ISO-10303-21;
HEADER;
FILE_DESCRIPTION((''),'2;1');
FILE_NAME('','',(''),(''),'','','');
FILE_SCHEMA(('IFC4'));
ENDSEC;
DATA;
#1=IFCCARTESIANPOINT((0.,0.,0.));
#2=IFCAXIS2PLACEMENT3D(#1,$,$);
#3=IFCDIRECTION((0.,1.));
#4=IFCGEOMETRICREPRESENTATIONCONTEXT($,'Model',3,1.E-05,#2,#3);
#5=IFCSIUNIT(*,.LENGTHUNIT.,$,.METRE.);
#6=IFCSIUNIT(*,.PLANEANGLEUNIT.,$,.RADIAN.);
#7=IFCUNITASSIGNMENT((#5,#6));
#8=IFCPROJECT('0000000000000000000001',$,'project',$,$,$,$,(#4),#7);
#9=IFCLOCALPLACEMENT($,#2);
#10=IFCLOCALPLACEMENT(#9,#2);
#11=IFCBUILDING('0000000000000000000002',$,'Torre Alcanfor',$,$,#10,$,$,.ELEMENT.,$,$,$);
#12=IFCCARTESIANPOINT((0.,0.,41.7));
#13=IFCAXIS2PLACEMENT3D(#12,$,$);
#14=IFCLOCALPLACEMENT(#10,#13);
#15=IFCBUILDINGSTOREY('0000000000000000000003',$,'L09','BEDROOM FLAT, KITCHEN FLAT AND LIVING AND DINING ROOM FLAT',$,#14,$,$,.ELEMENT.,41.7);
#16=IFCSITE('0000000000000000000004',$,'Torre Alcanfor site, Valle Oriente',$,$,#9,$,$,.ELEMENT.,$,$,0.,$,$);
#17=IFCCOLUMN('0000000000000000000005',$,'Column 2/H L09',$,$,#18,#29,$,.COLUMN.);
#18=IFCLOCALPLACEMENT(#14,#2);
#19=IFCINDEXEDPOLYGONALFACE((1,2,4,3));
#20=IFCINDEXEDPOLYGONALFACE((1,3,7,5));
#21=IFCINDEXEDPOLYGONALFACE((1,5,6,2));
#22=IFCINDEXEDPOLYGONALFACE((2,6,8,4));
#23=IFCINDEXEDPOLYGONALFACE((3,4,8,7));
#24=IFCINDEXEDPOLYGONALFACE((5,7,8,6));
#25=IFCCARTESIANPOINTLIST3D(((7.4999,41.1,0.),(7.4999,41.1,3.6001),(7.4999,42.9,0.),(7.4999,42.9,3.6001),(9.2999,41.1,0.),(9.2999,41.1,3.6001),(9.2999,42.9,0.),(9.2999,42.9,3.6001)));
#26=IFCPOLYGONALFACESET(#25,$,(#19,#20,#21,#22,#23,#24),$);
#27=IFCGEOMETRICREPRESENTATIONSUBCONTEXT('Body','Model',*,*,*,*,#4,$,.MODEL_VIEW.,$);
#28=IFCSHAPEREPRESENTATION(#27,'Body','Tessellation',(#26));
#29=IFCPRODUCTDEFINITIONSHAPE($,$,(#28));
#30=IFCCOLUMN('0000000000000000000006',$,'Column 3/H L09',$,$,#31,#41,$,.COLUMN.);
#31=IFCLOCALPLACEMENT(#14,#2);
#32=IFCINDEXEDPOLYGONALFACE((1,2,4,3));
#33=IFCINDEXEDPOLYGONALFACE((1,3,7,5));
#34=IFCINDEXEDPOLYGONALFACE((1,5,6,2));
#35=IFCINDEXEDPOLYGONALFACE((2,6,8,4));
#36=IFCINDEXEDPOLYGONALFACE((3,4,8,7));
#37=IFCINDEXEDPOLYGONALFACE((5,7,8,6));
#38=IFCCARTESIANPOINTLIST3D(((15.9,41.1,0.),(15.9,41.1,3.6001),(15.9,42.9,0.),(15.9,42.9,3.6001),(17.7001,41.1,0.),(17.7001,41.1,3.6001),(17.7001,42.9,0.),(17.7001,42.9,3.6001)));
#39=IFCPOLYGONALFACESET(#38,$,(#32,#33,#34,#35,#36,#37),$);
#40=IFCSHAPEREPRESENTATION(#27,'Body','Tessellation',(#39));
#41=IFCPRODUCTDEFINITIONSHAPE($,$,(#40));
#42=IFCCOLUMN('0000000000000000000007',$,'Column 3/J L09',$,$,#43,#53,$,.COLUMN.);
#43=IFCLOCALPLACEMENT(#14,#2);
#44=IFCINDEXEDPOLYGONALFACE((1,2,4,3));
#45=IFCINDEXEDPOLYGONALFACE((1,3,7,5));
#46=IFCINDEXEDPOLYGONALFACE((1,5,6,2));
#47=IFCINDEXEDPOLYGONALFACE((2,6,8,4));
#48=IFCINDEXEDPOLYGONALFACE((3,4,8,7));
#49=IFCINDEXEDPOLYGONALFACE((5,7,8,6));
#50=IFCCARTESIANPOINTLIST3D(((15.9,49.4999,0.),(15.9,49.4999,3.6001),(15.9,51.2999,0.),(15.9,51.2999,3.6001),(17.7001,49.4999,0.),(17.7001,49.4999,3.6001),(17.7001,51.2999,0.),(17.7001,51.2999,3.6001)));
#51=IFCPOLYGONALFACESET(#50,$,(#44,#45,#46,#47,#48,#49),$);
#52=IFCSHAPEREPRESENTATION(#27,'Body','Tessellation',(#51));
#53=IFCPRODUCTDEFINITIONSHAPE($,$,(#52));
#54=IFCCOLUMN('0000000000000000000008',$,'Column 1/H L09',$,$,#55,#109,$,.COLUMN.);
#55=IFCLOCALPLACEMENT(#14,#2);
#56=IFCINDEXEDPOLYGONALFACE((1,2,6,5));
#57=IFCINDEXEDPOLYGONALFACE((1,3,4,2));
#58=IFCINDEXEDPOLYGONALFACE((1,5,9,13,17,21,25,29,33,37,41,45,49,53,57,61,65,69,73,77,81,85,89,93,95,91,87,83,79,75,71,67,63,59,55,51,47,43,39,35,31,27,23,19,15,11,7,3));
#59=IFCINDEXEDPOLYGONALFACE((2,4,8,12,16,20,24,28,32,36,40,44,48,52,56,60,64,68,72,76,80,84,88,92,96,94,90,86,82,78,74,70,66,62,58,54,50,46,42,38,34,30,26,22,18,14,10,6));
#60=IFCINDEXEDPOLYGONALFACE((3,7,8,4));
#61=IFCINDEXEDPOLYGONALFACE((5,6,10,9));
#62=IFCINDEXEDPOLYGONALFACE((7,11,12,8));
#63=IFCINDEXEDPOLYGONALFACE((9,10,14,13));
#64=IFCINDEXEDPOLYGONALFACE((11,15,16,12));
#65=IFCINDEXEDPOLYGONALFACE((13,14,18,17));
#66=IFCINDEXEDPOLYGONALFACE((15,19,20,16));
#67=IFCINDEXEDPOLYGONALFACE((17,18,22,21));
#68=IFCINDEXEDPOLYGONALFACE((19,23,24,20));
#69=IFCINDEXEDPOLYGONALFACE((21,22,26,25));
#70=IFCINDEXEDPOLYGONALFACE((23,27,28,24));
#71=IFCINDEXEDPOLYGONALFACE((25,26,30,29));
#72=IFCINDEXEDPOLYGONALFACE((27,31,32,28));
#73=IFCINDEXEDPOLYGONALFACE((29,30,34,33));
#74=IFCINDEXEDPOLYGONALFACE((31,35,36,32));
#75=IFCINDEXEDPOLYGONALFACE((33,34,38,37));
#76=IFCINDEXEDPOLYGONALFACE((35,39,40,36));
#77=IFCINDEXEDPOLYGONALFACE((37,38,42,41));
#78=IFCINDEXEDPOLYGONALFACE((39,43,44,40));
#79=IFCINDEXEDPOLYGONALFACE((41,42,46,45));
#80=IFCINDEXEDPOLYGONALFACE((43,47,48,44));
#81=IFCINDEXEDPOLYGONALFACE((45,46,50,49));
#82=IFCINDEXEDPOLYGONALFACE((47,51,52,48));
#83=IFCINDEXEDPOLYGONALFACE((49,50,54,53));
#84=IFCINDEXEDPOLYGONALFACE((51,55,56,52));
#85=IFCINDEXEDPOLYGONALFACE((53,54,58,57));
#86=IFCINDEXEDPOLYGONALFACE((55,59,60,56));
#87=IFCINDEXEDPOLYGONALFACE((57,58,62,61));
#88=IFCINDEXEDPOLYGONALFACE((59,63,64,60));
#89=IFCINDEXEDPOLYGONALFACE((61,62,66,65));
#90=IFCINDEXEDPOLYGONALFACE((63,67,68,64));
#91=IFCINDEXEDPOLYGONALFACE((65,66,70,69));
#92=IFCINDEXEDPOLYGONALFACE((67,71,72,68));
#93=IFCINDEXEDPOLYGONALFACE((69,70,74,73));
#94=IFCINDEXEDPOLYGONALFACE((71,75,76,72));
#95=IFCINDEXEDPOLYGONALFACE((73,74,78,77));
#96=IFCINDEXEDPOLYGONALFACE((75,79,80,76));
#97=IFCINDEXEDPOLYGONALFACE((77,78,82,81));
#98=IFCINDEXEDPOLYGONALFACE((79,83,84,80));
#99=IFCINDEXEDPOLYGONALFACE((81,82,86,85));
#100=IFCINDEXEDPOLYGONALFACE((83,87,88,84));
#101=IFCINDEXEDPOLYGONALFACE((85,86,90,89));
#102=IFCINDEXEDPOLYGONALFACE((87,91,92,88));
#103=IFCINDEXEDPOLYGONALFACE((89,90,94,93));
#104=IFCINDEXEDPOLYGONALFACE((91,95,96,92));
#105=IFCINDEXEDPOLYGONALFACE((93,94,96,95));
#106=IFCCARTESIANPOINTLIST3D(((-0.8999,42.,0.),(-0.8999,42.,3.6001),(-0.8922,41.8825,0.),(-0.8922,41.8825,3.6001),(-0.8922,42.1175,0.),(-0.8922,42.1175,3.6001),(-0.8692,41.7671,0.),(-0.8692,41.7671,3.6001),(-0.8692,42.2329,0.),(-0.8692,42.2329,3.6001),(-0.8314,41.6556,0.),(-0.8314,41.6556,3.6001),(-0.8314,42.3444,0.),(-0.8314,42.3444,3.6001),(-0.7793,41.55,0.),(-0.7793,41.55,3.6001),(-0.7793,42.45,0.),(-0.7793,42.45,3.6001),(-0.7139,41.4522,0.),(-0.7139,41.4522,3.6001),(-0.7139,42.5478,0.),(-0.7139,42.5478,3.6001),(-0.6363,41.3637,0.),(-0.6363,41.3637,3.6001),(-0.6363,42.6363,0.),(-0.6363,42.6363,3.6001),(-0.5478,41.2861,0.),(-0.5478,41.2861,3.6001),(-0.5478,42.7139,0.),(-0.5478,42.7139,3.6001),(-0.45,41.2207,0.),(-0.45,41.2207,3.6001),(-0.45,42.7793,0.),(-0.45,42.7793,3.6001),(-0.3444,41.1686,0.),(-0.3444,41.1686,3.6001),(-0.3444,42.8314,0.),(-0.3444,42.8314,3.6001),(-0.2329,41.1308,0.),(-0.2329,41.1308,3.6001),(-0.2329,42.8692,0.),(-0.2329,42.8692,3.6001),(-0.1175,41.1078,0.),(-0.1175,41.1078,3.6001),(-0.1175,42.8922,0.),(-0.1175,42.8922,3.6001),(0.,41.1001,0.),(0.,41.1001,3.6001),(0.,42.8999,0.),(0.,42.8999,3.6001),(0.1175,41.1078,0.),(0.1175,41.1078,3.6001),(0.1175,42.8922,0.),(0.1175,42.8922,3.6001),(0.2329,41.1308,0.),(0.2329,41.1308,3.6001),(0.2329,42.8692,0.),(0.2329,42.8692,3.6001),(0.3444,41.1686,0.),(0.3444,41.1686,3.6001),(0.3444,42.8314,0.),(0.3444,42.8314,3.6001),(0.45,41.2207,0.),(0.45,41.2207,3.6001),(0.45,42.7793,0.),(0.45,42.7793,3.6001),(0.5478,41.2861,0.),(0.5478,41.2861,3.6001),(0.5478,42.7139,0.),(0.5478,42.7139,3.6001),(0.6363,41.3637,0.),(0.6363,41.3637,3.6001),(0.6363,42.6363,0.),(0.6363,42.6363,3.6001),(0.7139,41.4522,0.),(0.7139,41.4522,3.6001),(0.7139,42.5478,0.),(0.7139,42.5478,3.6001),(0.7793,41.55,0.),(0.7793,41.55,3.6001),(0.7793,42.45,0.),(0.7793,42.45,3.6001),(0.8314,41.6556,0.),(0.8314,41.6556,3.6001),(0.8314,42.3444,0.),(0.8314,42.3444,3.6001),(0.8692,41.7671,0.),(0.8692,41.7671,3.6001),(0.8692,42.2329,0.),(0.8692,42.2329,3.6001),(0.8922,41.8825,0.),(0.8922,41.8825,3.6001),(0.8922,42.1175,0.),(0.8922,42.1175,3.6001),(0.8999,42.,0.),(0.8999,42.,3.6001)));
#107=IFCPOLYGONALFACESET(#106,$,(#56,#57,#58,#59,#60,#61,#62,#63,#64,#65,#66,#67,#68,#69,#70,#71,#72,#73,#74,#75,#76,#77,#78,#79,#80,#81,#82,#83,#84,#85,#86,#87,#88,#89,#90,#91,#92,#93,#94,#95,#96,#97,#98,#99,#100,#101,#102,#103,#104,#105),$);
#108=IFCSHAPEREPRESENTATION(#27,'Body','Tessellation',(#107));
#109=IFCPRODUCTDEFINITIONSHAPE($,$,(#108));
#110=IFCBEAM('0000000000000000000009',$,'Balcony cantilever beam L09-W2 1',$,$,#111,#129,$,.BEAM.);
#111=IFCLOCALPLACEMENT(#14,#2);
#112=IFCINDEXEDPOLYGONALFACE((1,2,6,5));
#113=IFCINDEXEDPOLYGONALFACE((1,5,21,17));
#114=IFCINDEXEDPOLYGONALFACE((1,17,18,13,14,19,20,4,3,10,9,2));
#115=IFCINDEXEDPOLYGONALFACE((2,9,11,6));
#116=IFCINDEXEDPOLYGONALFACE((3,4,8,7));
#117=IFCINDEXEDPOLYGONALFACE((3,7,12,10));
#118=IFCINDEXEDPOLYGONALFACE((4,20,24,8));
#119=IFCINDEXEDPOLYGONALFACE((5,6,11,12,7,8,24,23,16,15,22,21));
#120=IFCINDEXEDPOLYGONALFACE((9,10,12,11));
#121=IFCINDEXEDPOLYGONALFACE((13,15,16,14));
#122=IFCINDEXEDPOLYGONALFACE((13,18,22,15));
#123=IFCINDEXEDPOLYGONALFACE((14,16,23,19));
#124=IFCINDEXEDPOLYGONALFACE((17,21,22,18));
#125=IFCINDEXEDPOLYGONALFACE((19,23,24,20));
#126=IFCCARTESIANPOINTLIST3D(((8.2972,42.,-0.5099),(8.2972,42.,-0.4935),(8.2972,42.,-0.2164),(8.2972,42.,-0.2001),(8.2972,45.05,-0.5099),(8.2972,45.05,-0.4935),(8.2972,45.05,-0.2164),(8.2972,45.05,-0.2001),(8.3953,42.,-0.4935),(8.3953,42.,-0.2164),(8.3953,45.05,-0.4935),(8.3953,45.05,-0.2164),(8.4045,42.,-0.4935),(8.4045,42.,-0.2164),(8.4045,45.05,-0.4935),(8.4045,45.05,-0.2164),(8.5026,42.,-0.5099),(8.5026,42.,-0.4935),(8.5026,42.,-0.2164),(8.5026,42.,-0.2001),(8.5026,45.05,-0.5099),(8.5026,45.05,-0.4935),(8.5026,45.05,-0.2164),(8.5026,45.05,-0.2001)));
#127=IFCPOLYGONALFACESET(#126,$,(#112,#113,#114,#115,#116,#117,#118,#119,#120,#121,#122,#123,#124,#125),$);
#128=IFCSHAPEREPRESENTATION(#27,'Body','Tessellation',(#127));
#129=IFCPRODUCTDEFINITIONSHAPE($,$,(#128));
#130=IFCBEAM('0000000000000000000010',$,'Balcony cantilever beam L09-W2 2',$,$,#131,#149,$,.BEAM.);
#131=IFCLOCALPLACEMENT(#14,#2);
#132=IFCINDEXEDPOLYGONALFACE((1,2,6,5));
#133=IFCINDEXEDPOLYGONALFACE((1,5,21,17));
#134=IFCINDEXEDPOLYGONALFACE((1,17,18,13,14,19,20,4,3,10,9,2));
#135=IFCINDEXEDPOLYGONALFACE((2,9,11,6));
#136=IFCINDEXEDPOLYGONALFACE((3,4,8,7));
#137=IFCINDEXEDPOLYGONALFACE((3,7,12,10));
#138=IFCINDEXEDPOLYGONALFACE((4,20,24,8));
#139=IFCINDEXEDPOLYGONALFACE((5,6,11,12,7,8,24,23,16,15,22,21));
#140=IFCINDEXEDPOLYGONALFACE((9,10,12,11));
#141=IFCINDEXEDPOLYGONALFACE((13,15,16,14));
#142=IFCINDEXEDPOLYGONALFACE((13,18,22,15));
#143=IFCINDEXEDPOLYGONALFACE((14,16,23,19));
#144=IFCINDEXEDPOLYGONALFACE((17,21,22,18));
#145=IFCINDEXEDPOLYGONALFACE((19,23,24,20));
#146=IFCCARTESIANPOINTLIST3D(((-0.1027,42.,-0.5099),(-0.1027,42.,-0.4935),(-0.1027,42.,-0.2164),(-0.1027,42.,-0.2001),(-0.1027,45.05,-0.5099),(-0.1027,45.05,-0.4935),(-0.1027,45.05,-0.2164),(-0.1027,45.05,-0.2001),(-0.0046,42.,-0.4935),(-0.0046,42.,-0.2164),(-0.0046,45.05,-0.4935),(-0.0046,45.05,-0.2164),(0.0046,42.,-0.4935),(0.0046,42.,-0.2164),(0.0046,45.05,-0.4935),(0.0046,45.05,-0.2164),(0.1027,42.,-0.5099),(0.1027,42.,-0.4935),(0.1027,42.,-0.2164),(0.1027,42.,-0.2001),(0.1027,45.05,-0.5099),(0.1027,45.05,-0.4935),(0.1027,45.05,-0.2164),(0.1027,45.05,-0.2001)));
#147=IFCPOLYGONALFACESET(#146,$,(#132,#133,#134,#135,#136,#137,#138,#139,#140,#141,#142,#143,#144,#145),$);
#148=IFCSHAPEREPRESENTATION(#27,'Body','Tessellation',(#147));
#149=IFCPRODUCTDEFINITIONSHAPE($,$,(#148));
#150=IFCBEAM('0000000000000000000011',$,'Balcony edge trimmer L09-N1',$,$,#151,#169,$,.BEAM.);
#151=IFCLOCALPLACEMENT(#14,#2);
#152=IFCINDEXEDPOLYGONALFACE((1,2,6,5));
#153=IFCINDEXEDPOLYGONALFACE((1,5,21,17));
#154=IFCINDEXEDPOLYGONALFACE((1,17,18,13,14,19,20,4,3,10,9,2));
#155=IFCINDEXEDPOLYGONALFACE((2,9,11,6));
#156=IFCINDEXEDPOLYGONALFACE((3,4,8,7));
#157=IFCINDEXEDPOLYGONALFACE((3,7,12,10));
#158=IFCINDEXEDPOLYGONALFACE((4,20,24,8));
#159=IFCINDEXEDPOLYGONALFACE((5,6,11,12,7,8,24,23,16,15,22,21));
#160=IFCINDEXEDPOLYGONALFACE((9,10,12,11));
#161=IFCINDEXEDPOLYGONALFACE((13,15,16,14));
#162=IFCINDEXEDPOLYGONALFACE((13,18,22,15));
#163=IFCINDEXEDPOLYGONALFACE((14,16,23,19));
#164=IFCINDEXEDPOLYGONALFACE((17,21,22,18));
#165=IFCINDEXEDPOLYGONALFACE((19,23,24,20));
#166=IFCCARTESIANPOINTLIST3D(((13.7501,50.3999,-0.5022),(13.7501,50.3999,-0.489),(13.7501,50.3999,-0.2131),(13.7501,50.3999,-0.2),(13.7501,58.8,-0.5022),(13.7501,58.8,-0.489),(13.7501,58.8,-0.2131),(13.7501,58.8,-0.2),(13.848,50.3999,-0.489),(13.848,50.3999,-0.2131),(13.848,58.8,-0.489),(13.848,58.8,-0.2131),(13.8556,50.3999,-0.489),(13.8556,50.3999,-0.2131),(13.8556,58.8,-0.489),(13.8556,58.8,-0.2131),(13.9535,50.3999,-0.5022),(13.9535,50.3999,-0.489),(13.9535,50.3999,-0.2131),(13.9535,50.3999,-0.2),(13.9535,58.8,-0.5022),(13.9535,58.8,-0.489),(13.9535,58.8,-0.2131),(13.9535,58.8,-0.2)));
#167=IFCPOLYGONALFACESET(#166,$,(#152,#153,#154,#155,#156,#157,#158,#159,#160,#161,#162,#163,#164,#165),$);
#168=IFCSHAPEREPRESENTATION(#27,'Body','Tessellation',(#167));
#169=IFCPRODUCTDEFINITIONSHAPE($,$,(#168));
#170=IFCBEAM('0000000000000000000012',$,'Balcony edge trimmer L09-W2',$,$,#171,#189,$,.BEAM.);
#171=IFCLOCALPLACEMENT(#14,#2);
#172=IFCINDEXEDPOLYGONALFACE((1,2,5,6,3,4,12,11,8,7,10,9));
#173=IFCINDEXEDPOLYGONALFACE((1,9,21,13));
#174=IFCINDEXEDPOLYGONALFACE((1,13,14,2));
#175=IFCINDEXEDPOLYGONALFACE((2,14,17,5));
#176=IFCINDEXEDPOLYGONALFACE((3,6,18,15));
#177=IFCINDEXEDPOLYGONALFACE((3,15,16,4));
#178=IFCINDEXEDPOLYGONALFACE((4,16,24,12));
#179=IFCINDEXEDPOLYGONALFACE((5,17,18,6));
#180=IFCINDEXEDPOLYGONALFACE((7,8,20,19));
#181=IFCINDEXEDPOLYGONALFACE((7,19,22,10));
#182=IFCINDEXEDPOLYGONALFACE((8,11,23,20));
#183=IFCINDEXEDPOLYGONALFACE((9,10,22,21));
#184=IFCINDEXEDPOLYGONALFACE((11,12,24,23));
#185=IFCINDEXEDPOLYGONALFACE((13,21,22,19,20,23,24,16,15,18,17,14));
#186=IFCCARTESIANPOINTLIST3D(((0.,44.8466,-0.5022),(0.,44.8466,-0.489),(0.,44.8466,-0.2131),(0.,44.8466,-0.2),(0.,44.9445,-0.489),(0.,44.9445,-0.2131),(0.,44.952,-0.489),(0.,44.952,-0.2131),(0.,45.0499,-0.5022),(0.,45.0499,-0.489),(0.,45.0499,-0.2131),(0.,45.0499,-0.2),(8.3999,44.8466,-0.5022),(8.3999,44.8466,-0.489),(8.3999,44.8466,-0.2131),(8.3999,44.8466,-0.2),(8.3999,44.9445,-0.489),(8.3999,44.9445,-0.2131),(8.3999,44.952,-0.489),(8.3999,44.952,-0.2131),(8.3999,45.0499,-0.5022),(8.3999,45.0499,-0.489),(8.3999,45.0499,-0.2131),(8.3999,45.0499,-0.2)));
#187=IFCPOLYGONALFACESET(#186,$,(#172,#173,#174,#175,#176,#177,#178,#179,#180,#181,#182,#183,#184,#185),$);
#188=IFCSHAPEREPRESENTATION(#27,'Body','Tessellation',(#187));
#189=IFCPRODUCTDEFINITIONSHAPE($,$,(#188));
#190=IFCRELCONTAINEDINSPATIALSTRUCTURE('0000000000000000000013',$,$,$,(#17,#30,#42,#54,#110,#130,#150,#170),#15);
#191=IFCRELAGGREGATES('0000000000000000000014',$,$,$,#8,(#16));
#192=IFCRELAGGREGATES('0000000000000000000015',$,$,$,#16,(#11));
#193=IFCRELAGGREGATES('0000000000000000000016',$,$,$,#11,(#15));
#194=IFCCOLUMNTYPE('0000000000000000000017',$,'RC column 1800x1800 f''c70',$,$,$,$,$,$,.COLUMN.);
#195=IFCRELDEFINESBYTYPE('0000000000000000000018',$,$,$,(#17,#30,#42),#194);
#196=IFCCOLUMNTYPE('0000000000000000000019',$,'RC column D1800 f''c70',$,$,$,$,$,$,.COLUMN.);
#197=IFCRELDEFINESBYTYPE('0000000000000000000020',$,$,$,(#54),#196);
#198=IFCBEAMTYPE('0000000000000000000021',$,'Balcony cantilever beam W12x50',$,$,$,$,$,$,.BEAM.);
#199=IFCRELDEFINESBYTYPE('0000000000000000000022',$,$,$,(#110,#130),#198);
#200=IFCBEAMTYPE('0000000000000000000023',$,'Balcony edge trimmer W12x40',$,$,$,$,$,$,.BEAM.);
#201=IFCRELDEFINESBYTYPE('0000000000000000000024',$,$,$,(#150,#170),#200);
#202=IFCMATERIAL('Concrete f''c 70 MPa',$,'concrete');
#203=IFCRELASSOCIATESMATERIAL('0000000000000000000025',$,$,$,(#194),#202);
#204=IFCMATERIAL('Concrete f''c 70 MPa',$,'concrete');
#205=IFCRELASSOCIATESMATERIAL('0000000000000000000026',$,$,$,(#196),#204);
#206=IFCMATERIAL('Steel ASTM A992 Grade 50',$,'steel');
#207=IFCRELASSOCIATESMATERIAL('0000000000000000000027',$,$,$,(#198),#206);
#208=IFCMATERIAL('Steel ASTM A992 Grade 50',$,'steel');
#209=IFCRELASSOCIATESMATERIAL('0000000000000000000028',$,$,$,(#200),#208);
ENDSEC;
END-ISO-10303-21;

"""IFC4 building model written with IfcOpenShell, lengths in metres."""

from ifc_helpers import new_model, si_unit, direction, frame, origin, origin_2d, place, context, subcontext, project, spatial, rectangle, circle, i_section, extrude, material, material_profile, profile_set, type_object, element, save


model = new_model("IFC4")

# Units and contexts
model_context = context("Model", 3, precision=1e-05, world=origin(), true_north=direction((0.0, 1.0)))
body_context = subcontext(model_context, "Body", "Model", "MODEL_VIEW")
ifc_project = project(units=[si_unit("LENGTHUNIT", "METRE"), si_unit("PLANEANGLEUNIT", "RADIAN")], contexts=[model_context])

# Site, building, storey
site_placement = place(None, origin())
site = spatial("IfcSite", under=ifc_project, at=site_placement, Name="Torre Alcanfor site, Valle Oriente", CompositionType="ELEMENT", RefElevation=0.0)
building_placement = place(site_placement, origin())
building = spatial("IfcBuilding", under=site, at=building_placement, Name="Torre Alcanfor", CompositionType="ELEMENT")
storey_placement = place(building_placement, frame((0.0, 0.0, 41.7)))
storey = spatial("IfcBuildingStorey", under=building, at=storey_placement, Name="L09", Description="BEDROOM FLAT, KITCHEN FLAT AND LIVING AND DINING ROOM FLAT", CompositionType="ELEMENT", Elevation=41.7)

# Columns
ifc_material_1 = material(Name="Concrete f'c 70 MPa", Category="concrete")
ifc_material_profile_1 = material_profile(ifc_material_1, rectangle(XDim=1.8, YDim=1.8, at=origin_2d()), Name="1800x1800")
ifc_profile_set_1 = profile_set([ifc_material_profile_1], Name="Concrete f'c 70 MPa")
column_type_1 = type_object("IfcColumnType", Name="RC column 1800x1800 f'c70", PredefinedType="COLUMN", material=ifc_profile_set_1)
for number, where, z_axis, x_axis, name in (
    (1, (8.3999, 42.0, 0.0), (0.0, 0.0, 1.0), (1.0, 0.0, 0.0), "Column 2/H L09"),
    (2, (16.8, 42.0, 0.0), (0.0, 0.0, 1.0), (1.0, 0.0, 0.0), "Column 3/H L09"),
    (3, (16.8, 50.3999, 0.0), (0.0, 0.0, 1.0), (1.0, 0.0, 0.0), "Column 3/J L09"),
):
    element("IfcColumn", number, at=place(storey_placement, frame(where, z_axis=z_axis, x_axis=x_axis)), inside=storey, type_object=column_type_1, Name=name, PredefinedType="COLUMN", context=body_context, shape_type="SweptSolid", body=[
        extrude(rectangle(XDim=1.8, YDim=1.8, at=origin_2d()), origin(), (0.0, 0.0, 1.0), 3.6001),
    ])
ifc_material_2 = material(Name="Concrete f'c 70 MPa", Category="concrete")
ifc_material_profile_2 = material_profile(ifc_material_2, circle(Radius=0.8999, at=origin_2d()), Name="D1800")
ifc_profile_set_2 = profile_set([ifc_material_profile_2], Name="Concrete f'c 70 MPa")
column_type_2 = type_object("IfcColumnType", Name="RC column D1800 f'c70", PredefinedType="COLUMN", material=ifc_profile_set_2)
column_placement = place(storey_placement, frame((0.0, 42.0, 0.0), z_axis=(0.0, 0.0, 1.0), x_axis=(1.0, 0.0, 0.0)))
element("IfcColumn", 4, at=column_placement, inside=storey, type_object=column_type_2, Name="Column 1/H L09", PredefinedType="COLUMN", context=body_context, shape_type="SweptSolid", body=[
    extrude(circle(Radius=0.8999, at=origin_2d()), origin(), (0.0, 0.0, 1.0), 3.6001),
])

# Beams
ifc_material_3 = material(Name="Steel ASTM A992 Grade 50", Category="steel")
ifc_material_profile_3 = material_profile(ifc_material_3, i_section(OverallWidth=0.2053, OverallDepth=0.3098, WebThickness=0.0093, FlangeThickness=0.0164, at=origin_2d()), Name="W12x50")
ifc_profile_set_3 = profile_set([ifc_material_profile_3], Name="Steel ASTM A992 Grade 50")
beam_type_1 = type_object("IfcBeamType", Name="Balcony cantilever beam W12x50", PredefinedType="BEAM", material=ifc_profile_set_3)
for number, where, z_axis, x_axis, name in (
    (5, (8.3999, 42.0, -0.355), (0.0, 1.0, 0.0), (-1.0, 0.0, 0.0), "Balcony cantilever beam L09-W2 1"),
    (6, (0.0, 42.0, -0.355), (0.0, 1.0, 0.0), (-1.0, 0.0, 0.0), "Balcony cantilever beam L09-W2 2"),
):
    element("IfcBeam", number, at=place(storey_placement, frame(where, z_axis=z_axis, x_axis=x_axis)), inside=storey, type_object=beam_type_1, Name=name, PredefinedType="BEAM", context=body_context, shape_type="SweptSolid", body=[
        extrude(i_section(OverallWidth=0.2053, OverallDepth=0.3098, WebThickness=0.0093, FlangeThickness=0.0164, at=origin_2d()), origin(), (0.0, 0.0, 1.0), 3.05),
    ])
ifc_material_4 = material(Name="Steel ASTM A992 Grade 50", Category="steel")
ifc_material_profile_4 = material_profile(ifc_material_4, i_section(OverallWidth=0.2034, OverallDepth=0.3022, WebThickness=0.0076, FlangeThickness=0.0132, at=origin_2d()), Name="W12x40")
ifc_profile_set_4 = profile_set([ifc_material_profile_4], Name="Steel ASTM A992 Grade 50")
beam_type_2 = type_object("IfcBeamType", Name="Balcony edge trimmer W12x40", PredefinedType="BEAM", material=ifc_profile_set_4)
beam_1_placement = place(storey_placement, frame((13.8518, 50.3999, -0.3511), z_axis=(0.0, 1.0, 0.0), x_axis=(-1.0, 0.0, 0.0)))
element("IfcBeam", 7, at=beam_1_placement, inside=storey, type_object=beam_type_2, Name="Balcony edge trimmer L09-N1", PredefinedType="BEAM", context=body_context, shape_type="SweptSolid", body=[
    extrude(i_section(OverallWidth=0.2034, OverallDepth=0.3022, WebThickness=0.0076, FlangeThickness=0.0132, at=origin_2d()), origin(), (0.0, 0.0, 1.0), 8.4001),
])
beam_2_placement = place(storey_placement, frame((8.3999, 44.9482, -0.3511), z_axis=(-1.0, 0.0, 0.0), x_axis=(0.0, -1.0, 0.0)))
element("IfcBeam", 8, at=beam_2_placement, inside=storey, type_object=beam_type_2, Name="Balcony edge trimmer L09-W2", PredefinedType="BEAM", context=body_context, shape_type="SweptSolid", body=[
    extrude(i_section(OverallWidth=0.2034, OverallDepth=0.3022, WebThickness=0.0076, FlangeThickness=0.0132, at=origin_2d()), origin(), (0.0, 0.0, 1.0), 8.3999),
])

save(model, "model.ifc")
